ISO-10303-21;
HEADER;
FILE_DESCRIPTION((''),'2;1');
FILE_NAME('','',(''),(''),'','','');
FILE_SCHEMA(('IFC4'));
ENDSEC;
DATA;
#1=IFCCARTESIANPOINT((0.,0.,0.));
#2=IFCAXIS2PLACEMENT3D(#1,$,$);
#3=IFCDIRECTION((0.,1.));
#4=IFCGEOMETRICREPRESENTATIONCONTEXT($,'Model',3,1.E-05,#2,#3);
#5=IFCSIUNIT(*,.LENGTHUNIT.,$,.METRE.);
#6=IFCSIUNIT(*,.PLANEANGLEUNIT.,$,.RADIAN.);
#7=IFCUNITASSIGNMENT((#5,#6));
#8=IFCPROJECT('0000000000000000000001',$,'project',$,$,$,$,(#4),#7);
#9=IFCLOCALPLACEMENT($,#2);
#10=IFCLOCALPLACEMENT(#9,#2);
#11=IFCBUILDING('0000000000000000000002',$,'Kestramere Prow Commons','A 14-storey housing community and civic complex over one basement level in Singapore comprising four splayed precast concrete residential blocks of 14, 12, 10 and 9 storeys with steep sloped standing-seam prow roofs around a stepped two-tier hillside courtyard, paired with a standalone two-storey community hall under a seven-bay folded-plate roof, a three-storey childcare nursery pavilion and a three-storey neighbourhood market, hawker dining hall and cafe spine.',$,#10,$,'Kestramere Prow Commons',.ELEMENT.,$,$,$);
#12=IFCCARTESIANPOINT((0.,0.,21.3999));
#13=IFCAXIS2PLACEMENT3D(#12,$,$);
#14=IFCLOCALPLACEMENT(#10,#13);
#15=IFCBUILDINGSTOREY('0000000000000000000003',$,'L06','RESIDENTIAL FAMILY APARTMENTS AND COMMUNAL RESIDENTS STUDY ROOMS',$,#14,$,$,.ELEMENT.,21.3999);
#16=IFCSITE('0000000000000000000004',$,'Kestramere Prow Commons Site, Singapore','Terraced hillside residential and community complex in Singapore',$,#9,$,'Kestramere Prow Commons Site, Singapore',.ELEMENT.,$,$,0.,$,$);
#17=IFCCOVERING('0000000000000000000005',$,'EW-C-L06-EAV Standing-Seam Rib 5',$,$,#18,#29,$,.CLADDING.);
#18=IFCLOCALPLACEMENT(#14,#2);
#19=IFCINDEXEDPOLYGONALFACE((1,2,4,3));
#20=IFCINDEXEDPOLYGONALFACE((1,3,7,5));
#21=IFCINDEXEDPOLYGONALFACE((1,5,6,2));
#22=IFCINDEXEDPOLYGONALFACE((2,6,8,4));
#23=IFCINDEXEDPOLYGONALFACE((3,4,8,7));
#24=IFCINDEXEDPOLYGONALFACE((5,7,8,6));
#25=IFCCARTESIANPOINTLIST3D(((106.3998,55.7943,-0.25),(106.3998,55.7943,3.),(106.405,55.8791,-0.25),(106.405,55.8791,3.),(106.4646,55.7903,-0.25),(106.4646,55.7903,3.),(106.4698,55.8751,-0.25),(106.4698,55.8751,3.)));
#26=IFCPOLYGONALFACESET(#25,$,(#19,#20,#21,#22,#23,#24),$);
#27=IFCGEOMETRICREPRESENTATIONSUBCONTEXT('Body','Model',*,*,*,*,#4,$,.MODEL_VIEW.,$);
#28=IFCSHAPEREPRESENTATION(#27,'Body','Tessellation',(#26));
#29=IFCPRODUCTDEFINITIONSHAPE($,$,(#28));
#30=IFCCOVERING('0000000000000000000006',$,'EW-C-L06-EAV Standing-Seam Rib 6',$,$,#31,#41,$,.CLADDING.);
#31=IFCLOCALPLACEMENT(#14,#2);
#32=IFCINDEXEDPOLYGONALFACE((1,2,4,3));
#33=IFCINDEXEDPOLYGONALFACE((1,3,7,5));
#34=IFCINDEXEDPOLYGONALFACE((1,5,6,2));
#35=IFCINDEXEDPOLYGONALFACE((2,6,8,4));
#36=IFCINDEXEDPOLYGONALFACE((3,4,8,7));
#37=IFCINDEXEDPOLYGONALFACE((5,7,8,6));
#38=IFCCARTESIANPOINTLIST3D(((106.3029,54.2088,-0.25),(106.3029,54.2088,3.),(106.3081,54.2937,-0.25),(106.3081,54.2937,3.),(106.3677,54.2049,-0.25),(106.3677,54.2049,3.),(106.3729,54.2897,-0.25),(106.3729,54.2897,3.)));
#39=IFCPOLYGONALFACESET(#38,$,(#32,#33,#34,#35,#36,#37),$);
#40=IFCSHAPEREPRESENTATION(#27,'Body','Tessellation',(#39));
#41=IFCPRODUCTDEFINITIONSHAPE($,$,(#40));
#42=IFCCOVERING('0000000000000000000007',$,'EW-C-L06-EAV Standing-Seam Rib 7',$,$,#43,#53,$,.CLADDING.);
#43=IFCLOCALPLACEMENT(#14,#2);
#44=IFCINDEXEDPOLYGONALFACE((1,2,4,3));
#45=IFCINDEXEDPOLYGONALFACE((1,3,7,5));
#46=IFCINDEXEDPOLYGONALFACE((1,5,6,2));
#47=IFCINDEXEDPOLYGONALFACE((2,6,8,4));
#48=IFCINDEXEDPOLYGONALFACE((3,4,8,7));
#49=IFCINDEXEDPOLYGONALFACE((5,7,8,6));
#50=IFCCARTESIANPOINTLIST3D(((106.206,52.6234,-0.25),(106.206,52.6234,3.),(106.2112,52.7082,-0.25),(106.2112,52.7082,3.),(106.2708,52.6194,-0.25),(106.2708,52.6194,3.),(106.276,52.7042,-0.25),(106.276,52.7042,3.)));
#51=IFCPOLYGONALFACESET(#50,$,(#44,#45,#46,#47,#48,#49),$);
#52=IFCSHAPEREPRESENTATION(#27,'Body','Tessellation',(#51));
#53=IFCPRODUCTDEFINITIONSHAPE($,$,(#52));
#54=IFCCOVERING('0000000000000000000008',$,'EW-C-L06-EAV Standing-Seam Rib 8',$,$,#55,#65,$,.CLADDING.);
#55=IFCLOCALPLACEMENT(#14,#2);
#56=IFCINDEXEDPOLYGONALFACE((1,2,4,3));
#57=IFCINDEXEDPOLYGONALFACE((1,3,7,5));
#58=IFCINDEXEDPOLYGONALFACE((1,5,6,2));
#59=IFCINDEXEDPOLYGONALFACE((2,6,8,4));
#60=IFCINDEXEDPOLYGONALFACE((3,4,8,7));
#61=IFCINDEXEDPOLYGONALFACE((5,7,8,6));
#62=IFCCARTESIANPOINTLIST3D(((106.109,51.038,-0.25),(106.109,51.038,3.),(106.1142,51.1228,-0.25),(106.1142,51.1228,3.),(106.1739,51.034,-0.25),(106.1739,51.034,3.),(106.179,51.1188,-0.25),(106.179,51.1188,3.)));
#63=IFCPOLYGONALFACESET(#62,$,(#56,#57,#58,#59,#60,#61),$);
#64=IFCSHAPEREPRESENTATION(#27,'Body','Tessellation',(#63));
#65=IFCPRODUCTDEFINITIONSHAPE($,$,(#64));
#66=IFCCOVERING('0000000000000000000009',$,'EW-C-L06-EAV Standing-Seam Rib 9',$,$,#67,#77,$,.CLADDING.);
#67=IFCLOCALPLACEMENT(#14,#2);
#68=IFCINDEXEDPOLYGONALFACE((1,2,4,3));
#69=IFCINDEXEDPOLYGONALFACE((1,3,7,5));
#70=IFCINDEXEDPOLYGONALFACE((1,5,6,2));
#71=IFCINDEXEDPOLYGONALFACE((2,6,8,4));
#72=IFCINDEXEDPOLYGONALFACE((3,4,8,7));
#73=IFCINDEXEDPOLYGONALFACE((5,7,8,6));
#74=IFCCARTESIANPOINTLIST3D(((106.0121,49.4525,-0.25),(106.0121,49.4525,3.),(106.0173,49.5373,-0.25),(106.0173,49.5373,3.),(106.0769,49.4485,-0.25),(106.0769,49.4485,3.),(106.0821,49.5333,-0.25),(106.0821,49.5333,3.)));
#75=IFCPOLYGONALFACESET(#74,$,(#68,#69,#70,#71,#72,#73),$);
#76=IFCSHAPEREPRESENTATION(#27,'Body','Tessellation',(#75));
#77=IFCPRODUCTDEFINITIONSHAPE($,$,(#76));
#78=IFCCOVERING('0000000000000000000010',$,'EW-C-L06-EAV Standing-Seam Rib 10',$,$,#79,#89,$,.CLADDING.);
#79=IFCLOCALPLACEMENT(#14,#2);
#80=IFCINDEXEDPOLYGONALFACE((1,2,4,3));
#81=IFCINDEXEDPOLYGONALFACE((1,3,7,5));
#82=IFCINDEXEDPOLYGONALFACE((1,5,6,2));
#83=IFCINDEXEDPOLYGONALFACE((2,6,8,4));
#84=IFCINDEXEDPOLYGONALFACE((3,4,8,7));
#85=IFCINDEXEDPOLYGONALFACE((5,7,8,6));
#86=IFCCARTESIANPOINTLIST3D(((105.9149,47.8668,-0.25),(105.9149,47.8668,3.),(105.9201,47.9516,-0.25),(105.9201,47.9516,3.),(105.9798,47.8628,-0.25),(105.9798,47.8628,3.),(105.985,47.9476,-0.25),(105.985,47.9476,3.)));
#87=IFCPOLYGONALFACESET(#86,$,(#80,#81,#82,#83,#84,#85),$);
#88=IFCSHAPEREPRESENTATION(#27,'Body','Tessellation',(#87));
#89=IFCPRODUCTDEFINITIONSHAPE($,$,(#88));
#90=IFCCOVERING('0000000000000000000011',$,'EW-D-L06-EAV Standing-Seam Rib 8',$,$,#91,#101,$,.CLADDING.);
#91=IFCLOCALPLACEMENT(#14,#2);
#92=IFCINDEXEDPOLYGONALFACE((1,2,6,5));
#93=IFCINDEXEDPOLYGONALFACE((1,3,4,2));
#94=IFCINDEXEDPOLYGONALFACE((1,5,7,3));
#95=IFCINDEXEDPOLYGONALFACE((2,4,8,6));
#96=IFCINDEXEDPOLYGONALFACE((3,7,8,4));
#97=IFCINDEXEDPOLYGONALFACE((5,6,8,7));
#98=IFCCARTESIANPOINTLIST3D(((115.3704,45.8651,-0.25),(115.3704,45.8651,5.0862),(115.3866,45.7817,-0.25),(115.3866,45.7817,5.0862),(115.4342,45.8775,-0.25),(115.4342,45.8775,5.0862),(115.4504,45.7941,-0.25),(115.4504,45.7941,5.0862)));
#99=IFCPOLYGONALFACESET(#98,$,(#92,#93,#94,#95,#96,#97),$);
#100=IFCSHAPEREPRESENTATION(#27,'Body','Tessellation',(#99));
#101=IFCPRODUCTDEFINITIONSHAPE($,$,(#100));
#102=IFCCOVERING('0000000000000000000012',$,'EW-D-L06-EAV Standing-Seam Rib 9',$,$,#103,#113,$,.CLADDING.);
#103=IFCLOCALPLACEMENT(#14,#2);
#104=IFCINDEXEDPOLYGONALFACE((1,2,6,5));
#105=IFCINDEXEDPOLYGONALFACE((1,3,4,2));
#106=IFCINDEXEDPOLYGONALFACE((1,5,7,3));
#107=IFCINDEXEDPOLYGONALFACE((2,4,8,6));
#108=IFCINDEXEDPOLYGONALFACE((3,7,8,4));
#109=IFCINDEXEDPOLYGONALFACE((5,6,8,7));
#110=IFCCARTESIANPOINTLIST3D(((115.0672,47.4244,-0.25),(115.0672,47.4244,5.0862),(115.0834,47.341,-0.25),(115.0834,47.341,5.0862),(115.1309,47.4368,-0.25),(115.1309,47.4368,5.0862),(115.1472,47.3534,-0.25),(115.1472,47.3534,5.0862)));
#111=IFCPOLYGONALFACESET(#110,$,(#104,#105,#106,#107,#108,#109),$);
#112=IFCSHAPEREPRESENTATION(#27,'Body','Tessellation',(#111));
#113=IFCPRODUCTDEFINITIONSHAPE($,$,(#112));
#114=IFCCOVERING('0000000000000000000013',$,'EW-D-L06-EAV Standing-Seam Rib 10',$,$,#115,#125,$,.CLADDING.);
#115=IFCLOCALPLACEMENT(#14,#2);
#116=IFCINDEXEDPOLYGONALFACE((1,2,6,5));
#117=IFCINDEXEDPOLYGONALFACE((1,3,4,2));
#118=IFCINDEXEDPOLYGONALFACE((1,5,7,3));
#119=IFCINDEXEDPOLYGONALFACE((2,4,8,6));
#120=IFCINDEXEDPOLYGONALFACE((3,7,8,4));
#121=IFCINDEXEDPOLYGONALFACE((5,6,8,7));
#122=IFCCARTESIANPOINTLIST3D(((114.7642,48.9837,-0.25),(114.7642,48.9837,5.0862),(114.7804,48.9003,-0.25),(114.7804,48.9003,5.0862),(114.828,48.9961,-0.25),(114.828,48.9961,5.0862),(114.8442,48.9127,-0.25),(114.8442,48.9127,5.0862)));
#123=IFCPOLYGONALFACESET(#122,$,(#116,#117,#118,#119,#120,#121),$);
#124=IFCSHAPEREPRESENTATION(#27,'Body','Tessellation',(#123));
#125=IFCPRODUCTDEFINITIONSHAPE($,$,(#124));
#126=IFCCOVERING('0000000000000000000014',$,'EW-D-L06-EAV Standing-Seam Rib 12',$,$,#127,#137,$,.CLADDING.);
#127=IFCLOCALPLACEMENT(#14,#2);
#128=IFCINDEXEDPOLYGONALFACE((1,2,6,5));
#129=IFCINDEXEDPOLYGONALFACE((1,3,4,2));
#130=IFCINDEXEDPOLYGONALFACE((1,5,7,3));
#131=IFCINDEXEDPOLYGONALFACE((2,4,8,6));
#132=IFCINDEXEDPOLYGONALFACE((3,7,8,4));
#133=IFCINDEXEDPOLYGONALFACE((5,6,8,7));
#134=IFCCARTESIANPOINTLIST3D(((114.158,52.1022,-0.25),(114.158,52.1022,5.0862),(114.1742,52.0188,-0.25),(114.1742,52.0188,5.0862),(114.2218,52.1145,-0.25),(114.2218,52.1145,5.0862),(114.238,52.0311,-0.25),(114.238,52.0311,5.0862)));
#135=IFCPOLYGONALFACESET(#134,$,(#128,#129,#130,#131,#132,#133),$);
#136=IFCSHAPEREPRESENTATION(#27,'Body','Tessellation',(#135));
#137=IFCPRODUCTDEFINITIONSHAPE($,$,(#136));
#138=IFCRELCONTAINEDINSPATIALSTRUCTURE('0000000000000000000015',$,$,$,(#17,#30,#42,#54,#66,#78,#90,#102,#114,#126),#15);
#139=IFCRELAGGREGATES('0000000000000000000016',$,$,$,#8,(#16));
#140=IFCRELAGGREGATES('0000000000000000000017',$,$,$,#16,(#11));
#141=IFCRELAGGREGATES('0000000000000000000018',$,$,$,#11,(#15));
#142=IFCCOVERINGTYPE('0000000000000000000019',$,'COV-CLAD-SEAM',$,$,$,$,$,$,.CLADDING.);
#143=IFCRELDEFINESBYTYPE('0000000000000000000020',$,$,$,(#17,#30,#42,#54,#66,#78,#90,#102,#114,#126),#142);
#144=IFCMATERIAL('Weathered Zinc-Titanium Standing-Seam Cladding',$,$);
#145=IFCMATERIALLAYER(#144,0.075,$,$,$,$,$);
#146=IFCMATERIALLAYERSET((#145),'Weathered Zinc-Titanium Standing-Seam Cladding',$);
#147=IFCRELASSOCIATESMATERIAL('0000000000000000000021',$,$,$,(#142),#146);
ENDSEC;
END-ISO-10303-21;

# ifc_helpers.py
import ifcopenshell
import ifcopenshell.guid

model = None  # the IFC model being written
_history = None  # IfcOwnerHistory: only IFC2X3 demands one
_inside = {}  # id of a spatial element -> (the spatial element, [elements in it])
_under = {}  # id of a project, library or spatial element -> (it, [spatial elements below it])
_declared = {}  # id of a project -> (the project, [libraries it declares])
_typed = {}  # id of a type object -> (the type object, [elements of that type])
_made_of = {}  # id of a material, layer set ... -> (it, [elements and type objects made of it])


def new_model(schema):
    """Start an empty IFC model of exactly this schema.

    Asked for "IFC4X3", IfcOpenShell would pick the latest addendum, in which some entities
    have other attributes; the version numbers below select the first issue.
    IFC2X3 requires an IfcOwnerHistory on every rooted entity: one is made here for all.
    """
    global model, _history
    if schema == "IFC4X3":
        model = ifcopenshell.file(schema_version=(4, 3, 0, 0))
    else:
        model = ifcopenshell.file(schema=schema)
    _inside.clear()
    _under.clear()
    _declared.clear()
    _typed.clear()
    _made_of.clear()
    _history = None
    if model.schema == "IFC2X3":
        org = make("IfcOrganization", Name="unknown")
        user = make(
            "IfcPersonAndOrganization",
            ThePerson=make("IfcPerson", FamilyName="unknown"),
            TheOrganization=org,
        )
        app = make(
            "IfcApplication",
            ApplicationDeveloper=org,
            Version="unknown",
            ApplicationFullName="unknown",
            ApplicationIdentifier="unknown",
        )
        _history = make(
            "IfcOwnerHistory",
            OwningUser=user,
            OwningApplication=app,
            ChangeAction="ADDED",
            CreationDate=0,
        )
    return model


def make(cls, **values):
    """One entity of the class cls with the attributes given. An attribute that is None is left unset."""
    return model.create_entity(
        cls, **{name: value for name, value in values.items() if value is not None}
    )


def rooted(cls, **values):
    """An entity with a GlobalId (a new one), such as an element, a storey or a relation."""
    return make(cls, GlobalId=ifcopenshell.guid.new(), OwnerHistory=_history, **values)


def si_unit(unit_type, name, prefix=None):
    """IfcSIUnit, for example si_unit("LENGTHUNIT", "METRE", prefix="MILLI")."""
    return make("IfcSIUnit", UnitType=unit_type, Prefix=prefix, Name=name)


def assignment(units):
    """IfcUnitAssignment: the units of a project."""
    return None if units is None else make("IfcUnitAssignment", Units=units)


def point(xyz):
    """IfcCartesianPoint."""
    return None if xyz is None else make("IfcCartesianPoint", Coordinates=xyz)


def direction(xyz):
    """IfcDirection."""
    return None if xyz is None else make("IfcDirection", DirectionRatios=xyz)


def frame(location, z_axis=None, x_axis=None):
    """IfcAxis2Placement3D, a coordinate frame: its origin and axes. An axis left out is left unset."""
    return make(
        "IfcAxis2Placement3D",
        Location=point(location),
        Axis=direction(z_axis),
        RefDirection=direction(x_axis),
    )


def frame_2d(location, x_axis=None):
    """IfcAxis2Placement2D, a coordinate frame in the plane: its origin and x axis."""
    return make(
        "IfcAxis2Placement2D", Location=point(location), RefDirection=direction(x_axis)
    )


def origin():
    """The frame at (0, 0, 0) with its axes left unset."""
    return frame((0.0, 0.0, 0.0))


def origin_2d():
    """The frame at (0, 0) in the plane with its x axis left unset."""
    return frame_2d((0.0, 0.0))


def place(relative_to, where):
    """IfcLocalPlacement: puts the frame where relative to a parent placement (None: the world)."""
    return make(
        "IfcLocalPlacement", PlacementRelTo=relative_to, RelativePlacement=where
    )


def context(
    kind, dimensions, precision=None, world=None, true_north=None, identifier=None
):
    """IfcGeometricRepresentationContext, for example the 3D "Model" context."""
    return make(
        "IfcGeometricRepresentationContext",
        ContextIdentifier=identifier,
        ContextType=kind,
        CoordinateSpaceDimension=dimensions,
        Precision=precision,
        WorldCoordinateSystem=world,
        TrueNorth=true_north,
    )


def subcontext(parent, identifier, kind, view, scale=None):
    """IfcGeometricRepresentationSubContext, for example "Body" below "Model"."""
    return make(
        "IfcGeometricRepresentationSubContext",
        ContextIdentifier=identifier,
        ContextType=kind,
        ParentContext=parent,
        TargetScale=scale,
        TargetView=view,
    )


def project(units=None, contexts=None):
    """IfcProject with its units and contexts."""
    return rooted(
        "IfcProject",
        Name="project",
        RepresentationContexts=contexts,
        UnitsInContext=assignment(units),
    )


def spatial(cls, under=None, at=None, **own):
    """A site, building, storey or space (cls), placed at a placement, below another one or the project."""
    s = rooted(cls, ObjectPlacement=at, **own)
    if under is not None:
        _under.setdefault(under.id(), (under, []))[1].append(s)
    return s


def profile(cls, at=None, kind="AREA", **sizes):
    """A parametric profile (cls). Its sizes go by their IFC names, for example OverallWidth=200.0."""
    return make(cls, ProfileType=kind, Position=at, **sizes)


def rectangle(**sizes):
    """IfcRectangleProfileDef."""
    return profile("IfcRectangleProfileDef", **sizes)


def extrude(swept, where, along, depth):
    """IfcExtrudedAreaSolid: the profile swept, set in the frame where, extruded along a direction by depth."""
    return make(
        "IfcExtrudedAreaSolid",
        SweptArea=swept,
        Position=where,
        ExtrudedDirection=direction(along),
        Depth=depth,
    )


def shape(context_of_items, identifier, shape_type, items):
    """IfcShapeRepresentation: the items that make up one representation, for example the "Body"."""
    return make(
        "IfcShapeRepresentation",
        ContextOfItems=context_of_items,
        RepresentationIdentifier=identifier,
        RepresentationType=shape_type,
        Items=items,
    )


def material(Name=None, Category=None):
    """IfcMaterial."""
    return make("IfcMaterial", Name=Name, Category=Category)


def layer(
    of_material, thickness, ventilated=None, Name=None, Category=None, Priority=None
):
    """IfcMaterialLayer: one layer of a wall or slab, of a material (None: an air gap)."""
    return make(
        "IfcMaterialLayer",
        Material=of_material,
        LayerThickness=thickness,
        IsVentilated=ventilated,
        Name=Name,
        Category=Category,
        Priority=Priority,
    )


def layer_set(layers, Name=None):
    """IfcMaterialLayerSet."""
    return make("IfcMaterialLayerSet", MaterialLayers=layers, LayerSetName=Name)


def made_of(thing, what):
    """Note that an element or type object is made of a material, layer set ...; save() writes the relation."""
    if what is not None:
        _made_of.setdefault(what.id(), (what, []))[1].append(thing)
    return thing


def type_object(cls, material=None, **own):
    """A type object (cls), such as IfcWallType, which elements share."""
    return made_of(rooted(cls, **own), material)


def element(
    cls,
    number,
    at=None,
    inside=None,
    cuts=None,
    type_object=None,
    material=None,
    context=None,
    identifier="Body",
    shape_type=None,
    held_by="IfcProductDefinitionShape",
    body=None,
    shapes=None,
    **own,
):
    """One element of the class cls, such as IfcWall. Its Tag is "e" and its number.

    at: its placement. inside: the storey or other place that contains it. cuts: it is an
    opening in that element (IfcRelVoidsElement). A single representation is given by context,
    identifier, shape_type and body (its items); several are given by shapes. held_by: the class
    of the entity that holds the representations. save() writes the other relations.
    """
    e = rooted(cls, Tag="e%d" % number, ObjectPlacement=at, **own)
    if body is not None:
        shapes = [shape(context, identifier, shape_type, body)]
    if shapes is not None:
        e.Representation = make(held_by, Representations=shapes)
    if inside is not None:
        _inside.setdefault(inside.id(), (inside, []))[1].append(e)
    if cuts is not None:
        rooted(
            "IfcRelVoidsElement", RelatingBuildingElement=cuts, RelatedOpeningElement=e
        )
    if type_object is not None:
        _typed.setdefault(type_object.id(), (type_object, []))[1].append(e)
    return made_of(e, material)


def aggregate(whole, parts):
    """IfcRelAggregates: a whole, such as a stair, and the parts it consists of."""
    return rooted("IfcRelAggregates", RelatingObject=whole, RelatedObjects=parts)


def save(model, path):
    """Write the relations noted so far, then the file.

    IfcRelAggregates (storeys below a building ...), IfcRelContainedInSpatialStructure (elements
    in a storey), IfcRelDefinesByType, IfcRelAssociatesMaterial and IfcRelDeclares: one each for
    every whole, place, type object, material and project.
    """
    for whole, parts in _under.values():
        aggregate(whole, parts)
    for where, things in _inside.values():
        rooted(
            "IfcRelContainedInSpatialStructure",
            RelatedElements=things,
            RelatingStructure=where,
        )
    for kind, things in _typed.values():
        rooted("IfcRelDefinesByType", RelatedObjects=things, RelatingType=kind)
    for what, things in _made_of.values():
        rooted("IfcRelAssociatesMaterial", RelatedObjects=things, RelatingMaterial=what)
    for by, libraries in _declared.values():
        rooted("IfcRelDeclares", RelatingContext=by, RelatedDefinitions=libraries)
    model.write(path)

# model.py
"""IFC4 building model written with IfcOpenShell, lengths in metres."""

from ifc_helpers import new_model, si_unit, direction, frame, origin, origin_2d, place, context, subcontext, project, spatial, rectangle, extrude, material, layer, layer_set, type_object, element, save


model = new_model("IFC4")

# Units and contexts
model_context = context("Model", 3, precision=1e-05, world=origin(), true_north=direction((0.0, 1.0)))
body_context = subcontext(model_context, "Body", "Model", "MODEL_VIEW")
ifc_project = project(units=[si_unit("LENGTHUNIT", "METRE"), si_unit("PLANEANGLEUNIT", "RADIAN")], contexts=[model_context])

# Site, building, storey
site_placement = place(None, origin())
site = spatial("IfcSite", under=ifc_project, at=site_placement, Name="Kestramere Prow Commons Site, Singapore", Description="Terraced hillside residential and community complex in Singapore", LongName="Kestramere Prow Commons Site, Singapore", CompositionType="ELEMENT", RefElevation=0.0)
building_placement = place(site_placement, origin())
building = spatial("IfcBuilding", under=site, at=building_placement, Name="Kestramere Prow Commons", Description="A 14-storey housing community and civic complex over one basement level in Singapore comprising four splayed precast concrete residential blocks of 14, 12, 10 and 9 storeys with steep sloped standing-seam prow roofs around a stepped two-tier hillside courtyard, paired with a standalone two-storey community hall under a seven-bay folded-plate roof, a three-storey childcare nursery pavilion and a three-storey neighbourhood market, hawker dining hall and cafe spine.", LongName="Kestramere Prow Commons", CompositionType="ELEMENT")
storey_placement = place(building_placement, frame((0.0, 0.0, 21.3999)))
storey = spatial("IfcBuildingStorey", under=building, at=storey_placement, Name="L06", Description="RESIDENTIAL FAMILY APARTMENTS AND COMMUNAL RESIDENTS STUDY ROOMS", CompositionType="ELEMENT", Elevation=21.3999)

# Coverings
ifc_material_1 = material(Name="Weathered Zinc-Titanium Standing-Seam Cladding")
ifc_layer_1 = layer(ifc_material_1, 0.075)
ifc_layer_set_1 = layer_set([ifc_layer_1], Name="Weathered Zinc-Titanium Standing-Seam Cladding")
covering_type = type_object("IfcCoveringType", Name="COV-CLAD-SEAM", PredefinedType="CLADDING", material=ifc_layer_set_1)
for number, where, z_axis, x_axis, name in (
    (1, (106.4348, 55.8347, -0.25), (0.0, 0.0, 1.0), (-0.061049, -0.998135, 0.0), "EW-C-L06-EAV Standing-Seam Rib 5"),
    (2, (106.3379, 54.2493, -0.25), (0.0, 0.0, 1.0), (-0.061049, -0.998135, 0.0), "EW-C-L06-EAV Standing-Seam Rib 6"),
    (3, (106.241, 52.6638, -0.25), (0.0, 0.0, 1.0), (-0.061049, -0.998135, 0.0), "EW-C-L06-EAV Standing-Seam Rib 7"),
    (4, (106.144, 51.0784, -0.25), (0.0, 0.0, 1.0), (-0.061049, -0.998135, 0.0), "EW-C-L06-EAV Standing-Seam Rib 8"),
    (5, (106.0471, 49.4929, -0.25), (0.0, 0.0, 1.0), (-0.061049, -0.998135, 0.0), "EW-C-L06-EAV Standing-Seam Rib 9"),
    (6, (105.95, 47.9072, -0.25), (0.0, 0.0, 1.0), (-0.061049, -0.998135, 0.0), "EW-C-L06-EAV Standing-Seam Rib 10"),
):
    element("IfcCovering", number, at=place(storey_placement, frame(where, z_axis=z_axis, x_axis=x_axis)), inside=storey, type_object=covering_type, Name=name, PredefinedType="CLADDING", context=body_context, shape_type="SweptSolid", body=[
        extrude(rectangle(XDim=0.085, YDim=0.0649, at=origin_2d()), origin(), (0.0, 0.0, 1.0), 3.25),
    ])
for number, where, z_axis, x_axis, name in (
    (7, (115.4104, 45.8296, -0.25), (0.0, 0.0, 1.0), (-0.190809, 0.981627, 0.0), "EW-D-L06-EAV Standing-Seam Rib 8"),
    (8, (115.1072, 47.3889, -0.25), (0.0, 0.0, 1.0), (-0.190809, 0.981627, 0.0), "EW-D-L06-EAV Standing-Seam Rib 9"),
    (9, (114.8042, 48.9482, -0.25), (0.0, 0.0, 1.0), (-0.190809, 0.981627, 0.0), "EW-D-L06-EAV Standing-Seam Rib 10"),
    (10, (114.198, 52.0667, -0.25), (0.0, 0.0, 1.0), (-0.190809, 0.981627, 0.0), "EW-D-L06-EAV Standing-Seam Rib 12"),
):
    element("IfcCovering", number, at=place(storey_placement, frame(where, z_axis=z_axis, x_axis=x_axis)), inside=storey, type_object=covering_type, Name=name, PredefinedType="CLADDING", context=body_context, shape_type="SweptSolid", body=[
        extrude(rectangle(XDim=0.085, YDim=0.0649, at=origin_2d()), origin(), (0.0, 0.0, 1.0), 5.3362),
    ])

save(model, "model.ifc")
